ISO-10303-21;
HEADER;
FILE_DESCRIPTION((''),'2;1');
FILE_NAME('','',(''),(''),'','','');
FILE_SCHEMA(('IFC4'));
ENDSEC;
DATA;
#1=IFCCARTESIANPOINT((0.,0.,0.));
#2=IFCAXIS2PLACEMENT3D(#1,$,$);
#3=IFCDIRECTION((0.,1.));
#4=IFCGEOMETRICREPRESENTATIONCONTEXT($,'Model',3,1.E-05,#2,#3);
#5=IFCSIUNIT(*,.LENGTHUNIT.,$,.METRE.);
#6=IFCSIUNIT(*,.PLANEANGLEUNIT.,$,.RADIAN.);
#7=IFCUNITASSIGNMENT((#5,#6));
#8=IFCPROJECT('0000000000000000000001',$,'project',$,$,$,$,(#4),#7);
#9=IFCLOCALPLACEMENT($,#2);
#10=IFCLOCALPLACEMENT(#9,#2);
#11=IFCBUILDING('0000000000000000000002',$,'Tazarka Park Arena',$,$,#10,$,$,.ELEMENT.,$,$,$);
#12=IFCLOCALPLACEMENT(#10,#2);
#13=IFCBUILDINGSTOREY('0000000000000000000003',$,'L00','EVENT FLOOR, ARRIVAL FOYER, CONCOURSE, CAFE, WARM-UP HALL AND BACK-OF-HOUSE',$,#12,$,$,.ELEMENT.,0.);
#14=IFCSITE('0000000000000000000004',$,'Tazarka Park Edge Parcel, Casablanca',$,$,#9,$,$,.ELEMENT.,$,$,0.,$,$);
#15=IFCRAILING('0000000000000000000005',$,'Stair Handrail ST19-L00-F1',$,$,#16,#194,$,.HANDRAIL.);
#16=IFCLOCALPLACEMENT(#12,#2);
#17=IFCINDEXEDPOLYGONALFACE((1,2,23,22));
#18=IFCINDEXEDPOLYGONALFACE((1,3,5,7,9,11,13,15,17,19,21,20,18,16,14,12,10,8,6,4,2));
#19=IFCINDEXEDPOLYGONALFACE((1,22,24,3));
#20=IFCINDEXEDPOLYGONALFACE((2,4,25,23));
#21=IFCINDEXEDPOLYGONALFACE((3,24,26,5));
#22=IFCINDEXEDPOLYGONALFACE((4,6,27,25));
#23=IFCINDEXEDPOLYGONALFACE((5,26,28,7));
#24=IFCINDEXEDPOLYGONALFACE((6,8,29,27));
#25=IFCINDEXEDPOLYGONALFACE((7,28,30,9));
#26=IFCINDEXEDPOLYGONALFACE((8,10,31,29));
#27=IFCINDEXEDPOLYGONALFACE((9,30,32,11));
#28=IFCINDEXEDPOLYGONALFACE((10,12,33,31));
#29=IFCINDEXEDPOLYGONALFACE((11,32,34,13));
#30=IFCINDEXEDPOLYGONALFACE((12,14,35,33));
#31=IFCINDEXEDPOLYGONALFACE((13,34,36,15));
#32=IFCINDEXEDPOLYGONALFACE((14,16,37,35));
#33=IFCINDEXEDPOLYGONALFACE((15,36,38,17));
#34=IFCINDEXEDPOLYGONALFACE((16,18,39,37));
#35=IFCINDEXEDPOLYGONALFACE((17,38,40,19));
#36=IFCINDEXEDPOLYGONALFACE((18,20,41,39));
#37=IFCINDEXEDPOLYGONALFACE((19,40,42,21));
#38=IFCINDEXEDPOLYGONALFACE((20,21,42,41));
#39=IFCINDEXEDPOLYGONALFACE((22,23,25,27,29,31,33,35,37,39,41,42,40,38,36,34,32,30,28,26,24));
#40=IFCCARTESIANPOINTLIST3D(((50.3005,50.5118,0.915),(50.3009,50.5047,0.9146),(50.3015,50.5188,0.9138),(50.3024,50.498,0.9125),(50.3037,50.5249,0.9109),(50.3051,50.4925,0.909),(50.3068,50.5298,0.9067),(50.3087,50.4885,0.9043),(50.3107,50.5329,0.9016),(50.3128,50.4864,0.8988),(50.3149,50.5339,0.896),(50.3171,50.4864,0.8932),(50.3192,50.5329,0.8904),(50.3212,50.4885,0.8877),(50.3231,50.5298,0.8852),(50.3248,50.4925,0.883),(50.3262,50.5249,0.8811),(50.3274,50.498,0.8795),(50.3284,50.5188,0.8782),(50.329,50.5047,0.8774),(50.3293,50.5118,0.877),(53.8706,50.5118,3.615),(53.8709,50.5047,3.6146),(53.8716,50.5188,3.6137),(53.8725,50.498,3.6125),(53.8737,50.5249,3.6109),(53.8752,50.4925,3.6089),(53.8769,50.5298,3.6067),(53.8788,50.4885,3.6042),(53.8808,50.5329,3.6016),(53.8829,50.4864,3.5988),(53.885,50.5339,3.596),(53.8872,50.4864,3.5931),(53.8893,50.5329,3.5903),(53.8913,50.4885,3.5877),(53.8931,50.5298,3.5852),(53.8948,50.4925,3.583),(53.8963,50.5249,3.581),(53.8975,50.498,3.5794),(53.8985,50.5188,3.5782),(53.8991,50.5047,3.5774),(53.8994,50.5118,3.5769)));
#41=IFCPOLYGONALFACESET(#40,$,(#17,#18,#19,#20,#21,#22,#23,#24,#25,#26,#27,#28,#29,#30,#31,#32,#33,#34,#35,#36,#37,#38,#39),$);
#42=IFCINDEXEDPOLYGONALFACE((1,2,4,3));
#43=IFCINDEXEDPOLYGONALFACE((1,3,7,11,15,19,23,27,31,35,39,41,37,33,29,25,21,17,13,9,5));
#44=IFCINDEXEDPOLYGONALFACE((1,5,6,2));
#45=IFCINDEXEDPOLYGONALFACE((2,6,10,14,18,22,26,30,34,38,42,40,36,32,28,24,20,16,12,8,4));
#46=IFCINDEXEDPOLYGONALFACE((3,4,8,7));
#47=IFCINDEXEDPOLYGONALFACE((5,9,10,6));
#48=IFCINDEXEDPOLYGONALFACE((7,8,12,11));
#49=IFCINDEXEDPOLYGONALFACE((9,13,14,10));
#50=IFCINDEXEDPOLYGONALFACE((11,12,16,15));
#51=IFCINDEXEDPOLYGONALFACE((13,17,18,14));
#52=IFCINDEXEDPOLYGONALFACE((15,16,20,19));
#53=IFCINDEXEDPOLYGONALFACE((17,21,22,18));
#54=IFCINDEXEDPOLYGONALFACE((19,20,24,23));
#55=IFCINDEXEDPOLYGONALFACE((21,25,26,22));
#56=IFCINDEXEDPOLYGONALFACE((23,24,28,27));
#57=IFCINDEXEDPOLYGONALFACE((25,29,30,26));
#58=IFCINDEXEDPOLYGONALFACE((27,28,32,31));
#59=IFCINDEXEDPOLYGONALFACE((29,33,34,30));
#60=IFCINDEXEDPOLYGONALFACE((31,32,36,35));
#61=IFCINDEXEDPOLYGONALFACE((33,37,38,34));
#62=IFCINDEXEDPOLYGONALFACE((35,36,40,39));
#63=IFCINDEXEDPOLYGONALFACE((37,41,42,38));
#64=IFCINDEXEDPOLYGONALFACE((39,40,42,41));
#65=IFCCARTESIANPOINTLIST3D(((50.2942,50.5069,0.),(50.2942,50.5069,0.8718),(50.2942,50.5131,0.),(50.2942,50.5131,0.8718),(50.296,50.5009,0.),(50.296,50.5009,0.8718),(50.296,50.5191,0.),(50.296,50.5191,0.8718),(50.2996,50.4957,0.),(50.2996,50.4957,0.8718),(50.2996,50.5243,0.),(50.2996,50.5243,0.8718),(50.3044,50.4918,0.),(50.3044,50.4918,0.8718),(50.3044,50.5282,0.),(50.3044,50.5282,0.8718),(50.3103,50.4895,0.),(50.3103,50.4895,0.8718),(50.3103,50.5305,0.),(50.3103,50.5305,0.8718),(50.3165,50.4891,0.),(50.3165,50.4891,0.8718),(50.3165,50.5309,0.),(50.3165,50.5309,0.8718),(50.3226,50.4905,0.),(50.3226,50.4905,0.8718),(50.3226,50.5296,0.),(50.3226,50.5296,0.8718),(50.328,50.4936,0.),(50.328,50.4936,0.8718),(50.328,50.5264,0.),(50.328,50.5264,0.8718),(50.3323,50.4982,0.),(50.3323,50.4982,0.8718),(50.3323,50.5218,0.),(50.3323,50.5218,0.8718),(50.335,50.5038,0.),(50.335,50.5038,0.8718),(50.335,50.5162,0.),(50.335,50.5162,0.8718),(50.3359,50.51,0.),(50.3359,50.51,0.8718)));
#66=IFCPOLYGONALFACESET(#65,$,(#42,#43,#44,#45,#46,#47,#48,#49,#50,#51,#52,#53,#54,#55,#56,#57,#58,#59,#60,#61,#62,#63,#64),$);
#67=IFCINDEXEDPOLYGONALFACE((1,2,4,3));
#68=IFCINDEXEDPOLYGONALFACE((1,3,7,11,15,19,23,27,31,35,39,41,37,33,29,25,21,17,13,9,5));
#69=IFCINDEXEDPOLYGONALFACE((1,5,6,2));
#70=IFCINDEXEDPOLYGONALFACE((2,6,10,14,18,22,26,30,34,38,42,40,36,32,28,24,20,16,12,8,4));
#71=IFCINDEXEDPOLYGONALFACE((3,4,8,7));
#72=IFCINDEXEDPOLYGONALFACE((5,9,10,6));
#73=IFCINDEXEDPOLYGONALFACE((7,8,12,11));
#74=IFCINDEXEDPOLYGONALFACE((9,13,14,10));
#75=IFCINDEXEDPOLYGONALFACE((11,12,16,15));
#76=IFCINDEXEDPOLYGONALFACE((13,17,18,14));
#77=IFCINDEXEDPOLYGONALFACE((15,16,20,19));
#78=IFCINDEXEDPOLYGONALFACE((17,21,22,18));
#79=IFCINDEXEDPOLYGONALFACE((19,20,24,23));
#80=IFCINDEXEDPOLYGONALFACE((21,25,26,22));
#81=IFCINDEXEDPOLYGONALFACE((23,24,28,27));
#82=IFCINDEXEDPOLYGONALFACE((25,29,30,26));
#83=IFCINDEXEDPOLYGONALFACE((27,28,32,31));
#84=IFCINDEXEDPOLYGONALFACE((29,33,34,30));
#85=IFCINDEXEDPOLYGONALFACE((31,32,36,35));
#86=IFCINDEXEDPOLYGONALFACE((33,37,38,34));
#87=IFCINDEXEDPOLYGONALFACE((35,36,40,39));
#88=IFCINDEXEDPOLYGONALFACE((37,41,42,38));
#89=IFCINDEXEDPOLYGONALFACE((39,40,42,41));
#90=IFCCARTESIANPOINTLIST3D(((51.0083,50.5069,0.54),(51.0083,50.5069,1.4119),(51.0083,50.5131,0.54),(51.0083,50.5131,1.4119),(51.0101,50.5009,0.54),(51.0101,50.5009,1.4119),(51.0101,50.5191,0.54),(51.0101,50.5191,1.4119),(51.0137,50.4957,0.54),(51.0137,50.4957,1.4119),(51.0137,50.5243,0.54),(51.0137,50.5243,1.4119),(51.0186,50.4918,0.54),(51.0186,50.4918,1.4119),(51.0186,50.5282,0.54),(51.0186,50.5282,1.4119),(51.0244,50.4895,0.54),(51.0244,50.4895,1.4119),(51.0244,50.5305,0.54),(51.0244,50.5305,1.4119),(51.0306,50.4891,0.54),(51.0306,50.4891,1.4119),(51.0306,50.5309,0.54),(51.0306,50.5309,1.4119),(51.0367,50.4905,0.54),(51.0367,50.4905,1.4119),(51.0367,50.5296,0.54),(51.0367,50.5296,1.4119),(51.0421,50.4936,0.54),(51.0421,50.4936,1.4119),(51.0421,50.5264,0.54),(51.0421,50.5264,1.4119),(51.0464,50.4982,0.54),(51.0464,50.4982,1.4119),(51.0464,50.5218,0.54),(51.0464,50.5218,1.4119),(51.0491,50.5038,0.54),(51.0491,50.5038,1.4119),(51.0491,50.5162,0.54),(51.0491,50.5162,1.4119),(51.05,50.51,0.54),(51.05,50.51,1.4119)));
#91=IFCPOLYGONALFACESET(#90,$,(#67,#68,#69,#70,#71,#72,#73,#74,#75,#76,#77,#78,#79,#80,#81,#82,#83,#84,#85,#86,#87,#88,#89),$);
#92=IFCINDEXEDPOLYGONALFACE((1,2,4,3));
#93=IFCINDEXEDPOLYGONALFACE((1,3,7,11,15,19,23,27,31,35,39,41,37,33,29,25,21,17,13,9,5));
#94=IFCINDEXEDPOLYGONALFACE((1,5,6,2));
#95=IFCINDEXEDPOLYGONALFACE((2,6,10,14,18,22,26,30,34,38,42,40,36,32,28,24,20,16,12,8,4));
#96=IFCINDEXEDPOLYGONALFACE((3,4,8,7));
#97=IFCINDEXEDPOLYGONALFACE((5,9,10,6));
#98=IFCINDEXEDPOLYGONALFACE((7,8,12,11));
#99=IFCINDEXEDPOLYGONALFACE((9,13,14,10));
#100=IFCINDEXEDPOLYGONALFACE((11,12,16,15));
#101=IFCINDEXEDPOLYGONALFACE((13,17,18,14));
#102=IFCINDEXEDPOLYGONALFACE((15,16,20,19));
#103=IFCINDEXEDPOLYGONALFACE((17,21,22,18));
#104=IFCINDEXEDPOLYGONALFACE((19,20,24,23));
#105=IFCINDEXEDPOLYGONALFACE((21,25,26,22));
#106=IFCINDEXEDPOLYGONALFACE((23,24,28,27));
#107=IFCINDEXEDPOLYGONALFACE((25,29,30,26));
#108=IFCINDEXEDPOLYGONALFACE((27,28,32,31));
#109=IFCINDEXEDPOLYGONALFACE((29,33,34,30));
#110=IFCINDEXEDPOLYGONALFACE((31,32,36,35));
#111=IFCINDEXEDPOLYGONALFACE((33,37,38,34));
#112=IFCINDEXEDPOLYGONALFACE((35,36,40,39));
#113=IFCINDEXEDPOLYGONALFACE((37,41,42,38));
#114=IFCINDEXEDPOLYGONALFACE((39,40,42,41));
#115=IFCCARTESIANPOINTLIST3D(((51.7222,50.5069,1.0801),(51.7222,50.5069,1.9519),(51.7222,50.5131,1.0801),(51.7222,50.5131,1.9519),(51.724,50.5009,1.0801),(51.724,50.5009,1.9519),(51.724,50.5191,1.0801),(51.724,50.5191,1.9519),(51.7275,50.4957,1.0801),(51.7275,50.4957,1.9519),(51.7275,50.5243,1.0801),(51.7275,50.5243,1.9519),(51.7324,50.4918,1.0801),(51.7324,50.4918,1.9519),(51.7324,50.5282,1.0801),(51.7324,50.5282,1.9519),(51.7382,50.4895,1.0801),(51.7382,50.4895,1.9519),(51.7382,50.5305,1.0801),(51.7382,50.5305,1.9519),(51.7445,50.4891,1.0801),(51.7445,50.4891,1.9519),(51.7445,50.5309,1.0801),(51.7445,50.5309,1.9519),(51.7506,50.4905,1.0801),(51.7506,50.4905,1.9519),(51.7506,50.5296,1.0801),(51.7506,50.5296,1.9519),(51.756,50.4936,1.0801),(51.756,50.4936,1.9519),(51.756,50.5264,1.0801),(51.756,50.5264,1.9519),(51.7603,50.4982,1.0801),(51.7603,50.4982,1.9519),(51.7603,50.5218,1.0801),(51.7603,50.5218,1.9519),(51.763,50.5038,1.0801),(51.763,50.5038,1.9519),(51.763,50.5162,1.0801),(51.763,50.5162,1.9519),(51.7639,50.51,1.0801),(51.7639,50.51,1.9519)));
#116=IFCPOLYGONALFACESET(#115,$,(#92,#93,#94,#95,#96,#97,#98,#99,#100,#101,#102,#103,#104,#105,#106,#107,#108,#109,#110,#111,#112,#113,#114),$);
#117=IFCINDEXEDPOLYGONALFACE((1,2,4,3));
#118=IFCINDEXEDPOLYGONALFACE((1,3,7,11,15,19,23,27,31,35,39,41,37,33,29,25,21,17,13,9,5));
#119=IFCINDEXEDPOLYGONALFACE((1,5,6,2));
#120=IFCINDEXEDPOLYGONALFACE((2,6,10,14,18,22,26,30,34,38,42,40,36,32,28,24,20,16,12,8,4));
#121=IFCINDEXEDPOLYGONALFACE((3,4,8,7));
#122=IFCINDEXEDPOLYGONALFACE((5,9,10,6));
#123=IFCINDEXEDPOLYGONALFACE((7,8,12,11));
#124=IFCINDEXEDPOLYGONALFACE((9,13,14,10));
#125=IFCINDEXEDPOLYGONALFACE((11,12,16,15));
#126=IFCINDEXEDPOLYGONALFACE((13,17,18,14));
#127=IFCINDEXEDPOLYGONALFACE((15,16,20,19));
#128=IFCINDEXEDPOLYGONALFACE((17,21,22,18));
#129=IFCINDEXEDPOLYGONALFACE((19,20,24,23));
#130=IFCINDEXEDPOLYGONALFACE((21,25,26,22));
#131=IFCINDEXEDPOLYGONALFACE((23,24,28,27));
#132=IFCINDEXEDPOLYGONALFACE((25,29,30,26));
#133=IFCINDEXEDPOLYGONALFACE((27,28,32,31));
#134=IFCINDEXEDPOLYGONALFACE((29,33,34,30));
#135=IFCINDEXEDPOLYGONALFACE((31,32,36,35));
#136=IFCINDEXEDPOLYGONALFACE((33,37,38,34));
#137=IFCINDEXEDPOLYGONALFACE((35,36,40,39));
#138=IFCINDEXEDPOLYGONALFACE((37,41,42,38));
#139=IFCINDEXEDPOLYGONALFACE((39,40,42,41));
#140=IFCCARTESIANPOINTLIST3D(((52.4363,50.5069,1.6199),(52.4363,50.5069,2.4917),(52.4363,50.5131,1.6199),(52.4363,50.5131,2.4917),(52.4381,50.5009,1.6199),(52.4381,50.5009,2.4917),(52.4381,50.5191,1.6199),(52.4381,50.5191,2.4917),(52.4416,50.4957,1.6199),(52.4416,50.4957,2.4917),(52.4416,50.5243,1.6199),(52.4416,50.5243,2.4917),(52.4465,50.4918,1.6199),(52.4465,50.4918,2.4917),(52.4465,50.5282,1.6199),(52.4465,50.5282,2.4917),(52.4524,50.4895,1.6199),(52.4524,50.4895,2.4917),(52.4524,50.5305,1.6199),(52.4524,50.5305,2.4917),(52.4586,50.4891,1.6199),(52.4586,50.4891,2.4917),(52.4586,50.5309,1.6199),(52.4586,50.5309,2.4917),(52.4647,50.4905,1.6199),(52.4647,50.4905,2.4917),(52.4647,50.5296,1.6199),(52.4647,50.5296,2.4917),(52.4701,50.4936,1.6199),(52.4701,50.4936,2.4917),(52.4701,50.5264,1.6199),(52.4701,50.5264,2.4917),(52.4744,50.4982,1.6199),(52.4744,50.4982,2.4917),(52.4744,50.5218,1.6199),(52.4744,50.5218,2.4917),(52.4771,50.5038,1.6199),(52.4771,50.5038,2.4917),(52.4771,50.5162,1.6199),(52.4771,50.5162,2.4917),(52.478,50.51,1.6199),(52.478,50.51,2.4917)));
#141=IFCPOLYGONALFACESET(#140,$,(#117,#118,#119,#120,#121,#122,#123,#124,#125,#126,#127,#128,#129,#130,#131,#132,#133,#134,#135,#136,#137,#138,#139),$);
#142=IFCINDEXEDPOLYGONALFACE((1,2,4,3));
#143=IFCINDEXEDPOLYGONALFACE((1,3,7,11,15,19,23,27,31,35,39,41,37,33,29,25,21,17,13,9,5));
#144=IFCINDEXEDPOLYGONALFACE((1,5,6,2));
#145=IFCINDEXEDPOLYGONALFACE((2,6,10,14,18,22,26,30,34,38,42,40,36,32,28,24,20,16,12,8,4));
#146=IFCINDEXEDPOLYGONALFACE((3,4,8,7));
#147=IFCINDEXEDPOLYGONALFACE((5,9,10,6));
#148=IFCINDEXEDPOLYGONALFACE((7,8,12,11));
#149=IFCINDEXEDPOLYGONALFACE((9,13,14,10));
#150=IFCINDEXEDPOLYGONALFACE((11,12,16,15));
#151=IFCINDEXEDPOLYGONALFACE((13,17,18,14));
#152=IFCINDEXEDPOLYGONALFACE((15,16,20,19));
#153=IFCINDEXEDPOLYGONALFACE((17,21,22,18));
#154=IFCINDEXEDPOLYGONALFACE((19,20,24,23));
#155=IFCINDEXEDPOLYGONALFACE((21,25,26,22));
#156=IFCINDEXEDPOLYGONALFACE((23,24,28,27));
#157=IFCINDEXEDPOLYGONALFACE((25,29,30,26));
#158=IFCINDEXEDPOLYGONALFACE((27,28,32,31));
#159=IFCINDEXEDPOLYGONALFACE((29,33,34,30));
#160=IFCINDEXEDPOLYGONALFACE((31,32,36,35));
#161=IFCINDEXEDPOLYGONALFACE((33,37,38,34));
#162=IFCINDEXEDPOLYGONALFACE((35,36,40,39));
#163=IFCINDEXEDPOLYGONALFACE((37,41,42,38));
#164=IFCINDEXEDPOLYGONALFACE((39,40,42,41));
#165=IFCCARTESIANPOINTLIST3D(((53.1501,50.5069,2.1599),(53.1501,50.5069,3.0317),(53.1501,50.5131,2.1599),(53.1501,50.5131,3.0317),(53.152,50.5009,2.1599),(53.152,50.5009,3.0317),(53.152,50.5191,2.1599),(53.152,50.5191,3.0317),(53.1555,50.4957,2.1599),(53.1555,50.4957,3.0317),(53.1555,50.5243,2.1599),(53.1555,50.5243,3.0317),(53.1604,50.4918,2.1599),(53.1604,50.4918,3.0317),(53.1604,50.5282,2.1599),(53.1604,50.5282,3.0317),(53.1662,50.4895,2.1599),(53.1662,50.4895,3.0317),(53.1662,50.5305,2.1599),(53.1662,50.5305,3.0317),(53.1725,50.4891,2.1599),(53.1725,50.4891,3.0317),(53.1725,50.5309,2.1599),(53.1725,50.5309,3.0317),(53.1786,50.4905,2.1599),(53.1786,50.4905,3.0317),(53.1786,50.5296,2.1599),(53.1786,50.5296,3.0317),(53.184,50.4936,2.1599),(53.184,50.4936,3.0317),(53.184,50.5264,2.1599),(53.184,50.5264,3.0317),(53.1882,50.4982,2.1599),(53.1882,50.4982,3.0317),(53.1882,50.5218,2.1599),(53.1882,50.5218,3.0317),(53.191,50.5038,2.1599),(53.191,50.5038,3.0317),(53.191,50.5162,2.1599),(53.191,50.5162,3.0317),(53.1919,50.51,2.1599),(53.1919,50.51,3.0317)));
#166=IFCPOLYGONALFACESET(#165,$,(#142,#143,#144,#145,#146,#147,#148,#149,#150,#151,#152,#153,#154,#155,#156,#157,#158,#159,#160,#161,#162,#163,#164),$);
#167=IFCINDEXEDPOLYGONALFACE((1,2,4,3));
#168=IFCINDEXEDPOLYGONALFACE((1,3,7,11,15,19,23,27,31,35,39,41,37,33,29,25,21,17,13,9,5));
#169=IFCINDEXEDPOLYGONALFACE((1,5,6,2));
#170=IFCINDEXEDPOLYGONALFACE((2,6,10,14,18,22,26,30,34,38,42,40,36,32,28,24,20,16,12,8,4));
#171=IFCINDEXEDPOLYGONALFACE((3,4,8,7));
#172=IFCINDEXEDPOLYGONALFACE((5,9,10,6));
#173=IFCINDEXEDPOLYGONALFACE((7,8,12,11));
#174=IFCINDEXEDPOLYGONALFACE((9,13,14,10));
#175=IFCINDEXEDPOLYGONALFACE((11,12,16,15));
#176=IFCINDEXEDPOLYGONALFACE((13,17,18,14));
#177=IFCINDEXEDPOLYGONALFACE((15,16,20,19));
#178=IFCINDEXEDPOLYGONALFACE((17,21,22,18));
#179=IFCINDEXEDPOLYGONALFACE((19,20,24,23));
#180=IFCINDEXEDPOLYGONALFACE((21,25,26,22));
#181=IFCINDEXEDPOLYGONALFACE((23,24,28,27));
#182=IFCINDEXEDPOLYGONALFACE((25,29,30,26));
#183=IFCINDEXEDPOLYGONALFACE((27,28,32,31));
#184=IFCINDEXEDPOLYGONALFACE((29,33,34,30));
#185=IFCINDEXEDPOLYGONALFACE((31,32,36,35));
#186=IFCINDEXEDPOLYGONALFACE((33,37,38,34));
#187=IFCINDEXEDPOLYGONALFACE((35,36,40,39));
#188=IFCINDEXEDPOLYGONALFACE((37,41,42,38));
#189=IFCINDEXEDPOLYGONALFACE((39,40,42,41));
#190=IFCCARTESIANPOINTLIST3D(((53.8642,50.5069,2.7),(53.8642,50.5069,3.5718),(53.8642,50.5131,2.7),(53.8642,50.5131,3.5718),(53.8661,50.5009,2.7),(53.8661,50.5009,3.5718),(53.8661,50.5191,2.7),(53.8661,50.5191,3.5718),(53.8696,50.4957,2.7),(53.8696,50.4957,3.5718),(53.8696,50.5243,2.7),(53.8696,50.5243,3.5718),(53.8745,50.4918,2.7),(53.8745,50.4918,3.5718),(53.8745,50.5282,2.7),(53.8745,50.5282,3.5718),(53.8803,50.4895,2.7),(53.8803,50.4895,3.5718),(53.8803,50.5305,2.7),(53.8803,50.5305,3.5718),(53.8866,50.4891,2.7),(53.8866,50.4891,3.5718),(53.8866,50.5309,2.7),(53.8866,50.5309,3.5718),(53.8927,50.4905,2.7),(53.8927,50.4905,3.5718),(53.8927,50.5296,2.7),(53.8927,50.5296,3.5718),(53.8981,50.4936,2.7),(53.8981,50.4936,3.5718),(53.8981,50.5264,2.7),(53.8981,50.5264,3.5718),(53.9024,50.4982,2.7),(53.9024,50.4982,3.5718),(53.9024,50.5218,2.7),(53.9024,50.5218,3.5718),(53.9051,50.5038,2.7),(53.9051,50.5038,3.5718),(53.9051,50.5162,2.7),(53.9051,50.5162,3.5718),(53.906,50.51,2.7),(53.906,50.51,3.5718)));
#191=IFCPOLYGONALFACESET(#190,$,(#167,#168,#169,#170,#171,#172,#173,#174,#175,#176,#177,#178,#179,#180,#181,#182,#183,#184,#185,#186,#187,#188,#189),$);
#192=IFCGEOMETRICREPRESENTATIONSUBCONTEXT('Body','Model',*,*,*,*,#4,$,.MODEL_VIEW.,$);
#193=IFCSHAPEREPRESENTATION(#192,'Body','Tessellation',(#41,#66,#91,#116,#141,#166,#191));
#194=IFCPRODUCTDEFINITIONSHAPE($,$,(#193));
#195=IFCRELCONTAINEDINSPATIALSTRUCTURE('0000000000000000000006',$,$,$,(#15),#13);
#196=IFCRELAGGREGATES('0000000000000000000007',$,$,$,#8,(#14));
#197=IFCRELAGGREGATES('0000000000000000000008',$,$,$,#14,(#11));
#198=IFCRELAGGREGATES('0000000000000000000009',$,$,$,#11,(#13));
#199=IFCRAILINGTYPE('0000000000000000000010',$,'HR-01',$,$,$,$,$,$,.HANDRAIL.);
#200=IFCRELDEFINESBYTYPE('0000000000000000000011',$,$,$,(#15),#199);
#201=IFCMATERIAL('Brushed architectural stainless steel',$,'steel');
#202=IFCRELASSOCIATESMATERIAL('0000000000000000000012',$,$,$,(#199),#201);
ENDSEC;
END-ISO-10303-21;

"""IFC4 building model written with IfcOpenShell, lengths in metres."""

from ifc_helpers import new_model, si_unit, direction, frame, origin, origin_2d, place, context, subcontext, project, spatial, circle, extrude, material, type_object, element, save


model = new_model("IFC4")

# Units and contexts
model_context = context("Model", 3, precision=1e-05, world=origin(), true_north=direction((0.0, 1.0)))
body_context = subcontext(model_context, "Body", "Model", "MODEL_VIEW")
ifc_project = project(units=[si_unit("LENGTHUNIT", "METRE"), si_unit("PLANEANGLEUNIT", "RADIAN")], contexts=[model_context])

# Site, building, storey
site_placement = place(None, origin())
site = spatial("IfcSite", under=ifc_project, at=site_placement, Name="Tazarka Park Edge Parcel, Casablanca", CompositionType="ELEMENT", RefElevation=0.0)
building_placement = place(site_placement, origin())
building = spatial("IfcBuilding", under=site, at=building_placement, Name="Tazarka Park Arena", CompositionType="ELEMENT")
storey_placement = place(building_placement, origin())
storey = spatial("IfcBuildingStorey", under=building, at=storey_placement, Name="L00", Description="EVENT FLOOR, ARRIVAL FOYER, CONCOURSE, CAFE, WARM-UP HALL AND BACK-OF-HOUSE", CompositionType="ELEMENT", Elevation=0.0)

# Railing
ifc_material_1 = material(Name="Brushed architectural stainless steel", Category="steel")
railing_type_1 = type_object("IfcRailingType", Name="HR-01", PredefinedType="HANDRAIL", material=ifc_material_1)
railing_1_placement = place(storey_placement, frame((50.3149, 50.51, 0.0)))
element("IfcRailing", 1, at=railing_1_placement, inside=storey, type_object=railing_type_1, Name="Stair Handrail ST19-L00-F1", PredefinedType="HANDRAIL", context=body_context, shape_type="SweptSolid", body=[
    extrude(circle(Radius=0.0239, at=origin_2d()), frame((0.0, 0.0, 0.896), z_axis=(0.797591, 0.0, 0.603198), x_axis=(0.0, 1.0, 0.0)), (0.0, 0.0, 1.0), 4.4761),
    extrude(circle(Radius=0.021, at=origin_2d()), origin(), (0.0, 0.0, 1.0), 0.8718),
    extrude(circle(Radius=0.021, at=origin_2d()), frame((0.7141, 0.0, 0.54)), (0.0, 0.0, 1.0), 0.8718),
    extrude(circle(Radius=0.021, at=origin_2d()), frame((1.428, 0.0, 1.0801)), (0.0, 0.0, 1.0), 0.8718),
    extrude(circle(Radius=0.021, at=origin_2d()), frame((2.1421, 0.0, 1.6199)), (0.0, 0.0, 1.0), 0.8718),
    extrude(circle(Radius=0.021, at=origin_2d()), frame((2.856, 0.0, 2.1599)), (0.0, 0.0, 1.0), 0.8718),
    extrude(circle(Radius=0.021, at=origin_2d()), frame((3.5701, 0.0, 2.7)), (0.0, 0.0, 1.0), 0.8718),
])

save(model, "model.ifc")
